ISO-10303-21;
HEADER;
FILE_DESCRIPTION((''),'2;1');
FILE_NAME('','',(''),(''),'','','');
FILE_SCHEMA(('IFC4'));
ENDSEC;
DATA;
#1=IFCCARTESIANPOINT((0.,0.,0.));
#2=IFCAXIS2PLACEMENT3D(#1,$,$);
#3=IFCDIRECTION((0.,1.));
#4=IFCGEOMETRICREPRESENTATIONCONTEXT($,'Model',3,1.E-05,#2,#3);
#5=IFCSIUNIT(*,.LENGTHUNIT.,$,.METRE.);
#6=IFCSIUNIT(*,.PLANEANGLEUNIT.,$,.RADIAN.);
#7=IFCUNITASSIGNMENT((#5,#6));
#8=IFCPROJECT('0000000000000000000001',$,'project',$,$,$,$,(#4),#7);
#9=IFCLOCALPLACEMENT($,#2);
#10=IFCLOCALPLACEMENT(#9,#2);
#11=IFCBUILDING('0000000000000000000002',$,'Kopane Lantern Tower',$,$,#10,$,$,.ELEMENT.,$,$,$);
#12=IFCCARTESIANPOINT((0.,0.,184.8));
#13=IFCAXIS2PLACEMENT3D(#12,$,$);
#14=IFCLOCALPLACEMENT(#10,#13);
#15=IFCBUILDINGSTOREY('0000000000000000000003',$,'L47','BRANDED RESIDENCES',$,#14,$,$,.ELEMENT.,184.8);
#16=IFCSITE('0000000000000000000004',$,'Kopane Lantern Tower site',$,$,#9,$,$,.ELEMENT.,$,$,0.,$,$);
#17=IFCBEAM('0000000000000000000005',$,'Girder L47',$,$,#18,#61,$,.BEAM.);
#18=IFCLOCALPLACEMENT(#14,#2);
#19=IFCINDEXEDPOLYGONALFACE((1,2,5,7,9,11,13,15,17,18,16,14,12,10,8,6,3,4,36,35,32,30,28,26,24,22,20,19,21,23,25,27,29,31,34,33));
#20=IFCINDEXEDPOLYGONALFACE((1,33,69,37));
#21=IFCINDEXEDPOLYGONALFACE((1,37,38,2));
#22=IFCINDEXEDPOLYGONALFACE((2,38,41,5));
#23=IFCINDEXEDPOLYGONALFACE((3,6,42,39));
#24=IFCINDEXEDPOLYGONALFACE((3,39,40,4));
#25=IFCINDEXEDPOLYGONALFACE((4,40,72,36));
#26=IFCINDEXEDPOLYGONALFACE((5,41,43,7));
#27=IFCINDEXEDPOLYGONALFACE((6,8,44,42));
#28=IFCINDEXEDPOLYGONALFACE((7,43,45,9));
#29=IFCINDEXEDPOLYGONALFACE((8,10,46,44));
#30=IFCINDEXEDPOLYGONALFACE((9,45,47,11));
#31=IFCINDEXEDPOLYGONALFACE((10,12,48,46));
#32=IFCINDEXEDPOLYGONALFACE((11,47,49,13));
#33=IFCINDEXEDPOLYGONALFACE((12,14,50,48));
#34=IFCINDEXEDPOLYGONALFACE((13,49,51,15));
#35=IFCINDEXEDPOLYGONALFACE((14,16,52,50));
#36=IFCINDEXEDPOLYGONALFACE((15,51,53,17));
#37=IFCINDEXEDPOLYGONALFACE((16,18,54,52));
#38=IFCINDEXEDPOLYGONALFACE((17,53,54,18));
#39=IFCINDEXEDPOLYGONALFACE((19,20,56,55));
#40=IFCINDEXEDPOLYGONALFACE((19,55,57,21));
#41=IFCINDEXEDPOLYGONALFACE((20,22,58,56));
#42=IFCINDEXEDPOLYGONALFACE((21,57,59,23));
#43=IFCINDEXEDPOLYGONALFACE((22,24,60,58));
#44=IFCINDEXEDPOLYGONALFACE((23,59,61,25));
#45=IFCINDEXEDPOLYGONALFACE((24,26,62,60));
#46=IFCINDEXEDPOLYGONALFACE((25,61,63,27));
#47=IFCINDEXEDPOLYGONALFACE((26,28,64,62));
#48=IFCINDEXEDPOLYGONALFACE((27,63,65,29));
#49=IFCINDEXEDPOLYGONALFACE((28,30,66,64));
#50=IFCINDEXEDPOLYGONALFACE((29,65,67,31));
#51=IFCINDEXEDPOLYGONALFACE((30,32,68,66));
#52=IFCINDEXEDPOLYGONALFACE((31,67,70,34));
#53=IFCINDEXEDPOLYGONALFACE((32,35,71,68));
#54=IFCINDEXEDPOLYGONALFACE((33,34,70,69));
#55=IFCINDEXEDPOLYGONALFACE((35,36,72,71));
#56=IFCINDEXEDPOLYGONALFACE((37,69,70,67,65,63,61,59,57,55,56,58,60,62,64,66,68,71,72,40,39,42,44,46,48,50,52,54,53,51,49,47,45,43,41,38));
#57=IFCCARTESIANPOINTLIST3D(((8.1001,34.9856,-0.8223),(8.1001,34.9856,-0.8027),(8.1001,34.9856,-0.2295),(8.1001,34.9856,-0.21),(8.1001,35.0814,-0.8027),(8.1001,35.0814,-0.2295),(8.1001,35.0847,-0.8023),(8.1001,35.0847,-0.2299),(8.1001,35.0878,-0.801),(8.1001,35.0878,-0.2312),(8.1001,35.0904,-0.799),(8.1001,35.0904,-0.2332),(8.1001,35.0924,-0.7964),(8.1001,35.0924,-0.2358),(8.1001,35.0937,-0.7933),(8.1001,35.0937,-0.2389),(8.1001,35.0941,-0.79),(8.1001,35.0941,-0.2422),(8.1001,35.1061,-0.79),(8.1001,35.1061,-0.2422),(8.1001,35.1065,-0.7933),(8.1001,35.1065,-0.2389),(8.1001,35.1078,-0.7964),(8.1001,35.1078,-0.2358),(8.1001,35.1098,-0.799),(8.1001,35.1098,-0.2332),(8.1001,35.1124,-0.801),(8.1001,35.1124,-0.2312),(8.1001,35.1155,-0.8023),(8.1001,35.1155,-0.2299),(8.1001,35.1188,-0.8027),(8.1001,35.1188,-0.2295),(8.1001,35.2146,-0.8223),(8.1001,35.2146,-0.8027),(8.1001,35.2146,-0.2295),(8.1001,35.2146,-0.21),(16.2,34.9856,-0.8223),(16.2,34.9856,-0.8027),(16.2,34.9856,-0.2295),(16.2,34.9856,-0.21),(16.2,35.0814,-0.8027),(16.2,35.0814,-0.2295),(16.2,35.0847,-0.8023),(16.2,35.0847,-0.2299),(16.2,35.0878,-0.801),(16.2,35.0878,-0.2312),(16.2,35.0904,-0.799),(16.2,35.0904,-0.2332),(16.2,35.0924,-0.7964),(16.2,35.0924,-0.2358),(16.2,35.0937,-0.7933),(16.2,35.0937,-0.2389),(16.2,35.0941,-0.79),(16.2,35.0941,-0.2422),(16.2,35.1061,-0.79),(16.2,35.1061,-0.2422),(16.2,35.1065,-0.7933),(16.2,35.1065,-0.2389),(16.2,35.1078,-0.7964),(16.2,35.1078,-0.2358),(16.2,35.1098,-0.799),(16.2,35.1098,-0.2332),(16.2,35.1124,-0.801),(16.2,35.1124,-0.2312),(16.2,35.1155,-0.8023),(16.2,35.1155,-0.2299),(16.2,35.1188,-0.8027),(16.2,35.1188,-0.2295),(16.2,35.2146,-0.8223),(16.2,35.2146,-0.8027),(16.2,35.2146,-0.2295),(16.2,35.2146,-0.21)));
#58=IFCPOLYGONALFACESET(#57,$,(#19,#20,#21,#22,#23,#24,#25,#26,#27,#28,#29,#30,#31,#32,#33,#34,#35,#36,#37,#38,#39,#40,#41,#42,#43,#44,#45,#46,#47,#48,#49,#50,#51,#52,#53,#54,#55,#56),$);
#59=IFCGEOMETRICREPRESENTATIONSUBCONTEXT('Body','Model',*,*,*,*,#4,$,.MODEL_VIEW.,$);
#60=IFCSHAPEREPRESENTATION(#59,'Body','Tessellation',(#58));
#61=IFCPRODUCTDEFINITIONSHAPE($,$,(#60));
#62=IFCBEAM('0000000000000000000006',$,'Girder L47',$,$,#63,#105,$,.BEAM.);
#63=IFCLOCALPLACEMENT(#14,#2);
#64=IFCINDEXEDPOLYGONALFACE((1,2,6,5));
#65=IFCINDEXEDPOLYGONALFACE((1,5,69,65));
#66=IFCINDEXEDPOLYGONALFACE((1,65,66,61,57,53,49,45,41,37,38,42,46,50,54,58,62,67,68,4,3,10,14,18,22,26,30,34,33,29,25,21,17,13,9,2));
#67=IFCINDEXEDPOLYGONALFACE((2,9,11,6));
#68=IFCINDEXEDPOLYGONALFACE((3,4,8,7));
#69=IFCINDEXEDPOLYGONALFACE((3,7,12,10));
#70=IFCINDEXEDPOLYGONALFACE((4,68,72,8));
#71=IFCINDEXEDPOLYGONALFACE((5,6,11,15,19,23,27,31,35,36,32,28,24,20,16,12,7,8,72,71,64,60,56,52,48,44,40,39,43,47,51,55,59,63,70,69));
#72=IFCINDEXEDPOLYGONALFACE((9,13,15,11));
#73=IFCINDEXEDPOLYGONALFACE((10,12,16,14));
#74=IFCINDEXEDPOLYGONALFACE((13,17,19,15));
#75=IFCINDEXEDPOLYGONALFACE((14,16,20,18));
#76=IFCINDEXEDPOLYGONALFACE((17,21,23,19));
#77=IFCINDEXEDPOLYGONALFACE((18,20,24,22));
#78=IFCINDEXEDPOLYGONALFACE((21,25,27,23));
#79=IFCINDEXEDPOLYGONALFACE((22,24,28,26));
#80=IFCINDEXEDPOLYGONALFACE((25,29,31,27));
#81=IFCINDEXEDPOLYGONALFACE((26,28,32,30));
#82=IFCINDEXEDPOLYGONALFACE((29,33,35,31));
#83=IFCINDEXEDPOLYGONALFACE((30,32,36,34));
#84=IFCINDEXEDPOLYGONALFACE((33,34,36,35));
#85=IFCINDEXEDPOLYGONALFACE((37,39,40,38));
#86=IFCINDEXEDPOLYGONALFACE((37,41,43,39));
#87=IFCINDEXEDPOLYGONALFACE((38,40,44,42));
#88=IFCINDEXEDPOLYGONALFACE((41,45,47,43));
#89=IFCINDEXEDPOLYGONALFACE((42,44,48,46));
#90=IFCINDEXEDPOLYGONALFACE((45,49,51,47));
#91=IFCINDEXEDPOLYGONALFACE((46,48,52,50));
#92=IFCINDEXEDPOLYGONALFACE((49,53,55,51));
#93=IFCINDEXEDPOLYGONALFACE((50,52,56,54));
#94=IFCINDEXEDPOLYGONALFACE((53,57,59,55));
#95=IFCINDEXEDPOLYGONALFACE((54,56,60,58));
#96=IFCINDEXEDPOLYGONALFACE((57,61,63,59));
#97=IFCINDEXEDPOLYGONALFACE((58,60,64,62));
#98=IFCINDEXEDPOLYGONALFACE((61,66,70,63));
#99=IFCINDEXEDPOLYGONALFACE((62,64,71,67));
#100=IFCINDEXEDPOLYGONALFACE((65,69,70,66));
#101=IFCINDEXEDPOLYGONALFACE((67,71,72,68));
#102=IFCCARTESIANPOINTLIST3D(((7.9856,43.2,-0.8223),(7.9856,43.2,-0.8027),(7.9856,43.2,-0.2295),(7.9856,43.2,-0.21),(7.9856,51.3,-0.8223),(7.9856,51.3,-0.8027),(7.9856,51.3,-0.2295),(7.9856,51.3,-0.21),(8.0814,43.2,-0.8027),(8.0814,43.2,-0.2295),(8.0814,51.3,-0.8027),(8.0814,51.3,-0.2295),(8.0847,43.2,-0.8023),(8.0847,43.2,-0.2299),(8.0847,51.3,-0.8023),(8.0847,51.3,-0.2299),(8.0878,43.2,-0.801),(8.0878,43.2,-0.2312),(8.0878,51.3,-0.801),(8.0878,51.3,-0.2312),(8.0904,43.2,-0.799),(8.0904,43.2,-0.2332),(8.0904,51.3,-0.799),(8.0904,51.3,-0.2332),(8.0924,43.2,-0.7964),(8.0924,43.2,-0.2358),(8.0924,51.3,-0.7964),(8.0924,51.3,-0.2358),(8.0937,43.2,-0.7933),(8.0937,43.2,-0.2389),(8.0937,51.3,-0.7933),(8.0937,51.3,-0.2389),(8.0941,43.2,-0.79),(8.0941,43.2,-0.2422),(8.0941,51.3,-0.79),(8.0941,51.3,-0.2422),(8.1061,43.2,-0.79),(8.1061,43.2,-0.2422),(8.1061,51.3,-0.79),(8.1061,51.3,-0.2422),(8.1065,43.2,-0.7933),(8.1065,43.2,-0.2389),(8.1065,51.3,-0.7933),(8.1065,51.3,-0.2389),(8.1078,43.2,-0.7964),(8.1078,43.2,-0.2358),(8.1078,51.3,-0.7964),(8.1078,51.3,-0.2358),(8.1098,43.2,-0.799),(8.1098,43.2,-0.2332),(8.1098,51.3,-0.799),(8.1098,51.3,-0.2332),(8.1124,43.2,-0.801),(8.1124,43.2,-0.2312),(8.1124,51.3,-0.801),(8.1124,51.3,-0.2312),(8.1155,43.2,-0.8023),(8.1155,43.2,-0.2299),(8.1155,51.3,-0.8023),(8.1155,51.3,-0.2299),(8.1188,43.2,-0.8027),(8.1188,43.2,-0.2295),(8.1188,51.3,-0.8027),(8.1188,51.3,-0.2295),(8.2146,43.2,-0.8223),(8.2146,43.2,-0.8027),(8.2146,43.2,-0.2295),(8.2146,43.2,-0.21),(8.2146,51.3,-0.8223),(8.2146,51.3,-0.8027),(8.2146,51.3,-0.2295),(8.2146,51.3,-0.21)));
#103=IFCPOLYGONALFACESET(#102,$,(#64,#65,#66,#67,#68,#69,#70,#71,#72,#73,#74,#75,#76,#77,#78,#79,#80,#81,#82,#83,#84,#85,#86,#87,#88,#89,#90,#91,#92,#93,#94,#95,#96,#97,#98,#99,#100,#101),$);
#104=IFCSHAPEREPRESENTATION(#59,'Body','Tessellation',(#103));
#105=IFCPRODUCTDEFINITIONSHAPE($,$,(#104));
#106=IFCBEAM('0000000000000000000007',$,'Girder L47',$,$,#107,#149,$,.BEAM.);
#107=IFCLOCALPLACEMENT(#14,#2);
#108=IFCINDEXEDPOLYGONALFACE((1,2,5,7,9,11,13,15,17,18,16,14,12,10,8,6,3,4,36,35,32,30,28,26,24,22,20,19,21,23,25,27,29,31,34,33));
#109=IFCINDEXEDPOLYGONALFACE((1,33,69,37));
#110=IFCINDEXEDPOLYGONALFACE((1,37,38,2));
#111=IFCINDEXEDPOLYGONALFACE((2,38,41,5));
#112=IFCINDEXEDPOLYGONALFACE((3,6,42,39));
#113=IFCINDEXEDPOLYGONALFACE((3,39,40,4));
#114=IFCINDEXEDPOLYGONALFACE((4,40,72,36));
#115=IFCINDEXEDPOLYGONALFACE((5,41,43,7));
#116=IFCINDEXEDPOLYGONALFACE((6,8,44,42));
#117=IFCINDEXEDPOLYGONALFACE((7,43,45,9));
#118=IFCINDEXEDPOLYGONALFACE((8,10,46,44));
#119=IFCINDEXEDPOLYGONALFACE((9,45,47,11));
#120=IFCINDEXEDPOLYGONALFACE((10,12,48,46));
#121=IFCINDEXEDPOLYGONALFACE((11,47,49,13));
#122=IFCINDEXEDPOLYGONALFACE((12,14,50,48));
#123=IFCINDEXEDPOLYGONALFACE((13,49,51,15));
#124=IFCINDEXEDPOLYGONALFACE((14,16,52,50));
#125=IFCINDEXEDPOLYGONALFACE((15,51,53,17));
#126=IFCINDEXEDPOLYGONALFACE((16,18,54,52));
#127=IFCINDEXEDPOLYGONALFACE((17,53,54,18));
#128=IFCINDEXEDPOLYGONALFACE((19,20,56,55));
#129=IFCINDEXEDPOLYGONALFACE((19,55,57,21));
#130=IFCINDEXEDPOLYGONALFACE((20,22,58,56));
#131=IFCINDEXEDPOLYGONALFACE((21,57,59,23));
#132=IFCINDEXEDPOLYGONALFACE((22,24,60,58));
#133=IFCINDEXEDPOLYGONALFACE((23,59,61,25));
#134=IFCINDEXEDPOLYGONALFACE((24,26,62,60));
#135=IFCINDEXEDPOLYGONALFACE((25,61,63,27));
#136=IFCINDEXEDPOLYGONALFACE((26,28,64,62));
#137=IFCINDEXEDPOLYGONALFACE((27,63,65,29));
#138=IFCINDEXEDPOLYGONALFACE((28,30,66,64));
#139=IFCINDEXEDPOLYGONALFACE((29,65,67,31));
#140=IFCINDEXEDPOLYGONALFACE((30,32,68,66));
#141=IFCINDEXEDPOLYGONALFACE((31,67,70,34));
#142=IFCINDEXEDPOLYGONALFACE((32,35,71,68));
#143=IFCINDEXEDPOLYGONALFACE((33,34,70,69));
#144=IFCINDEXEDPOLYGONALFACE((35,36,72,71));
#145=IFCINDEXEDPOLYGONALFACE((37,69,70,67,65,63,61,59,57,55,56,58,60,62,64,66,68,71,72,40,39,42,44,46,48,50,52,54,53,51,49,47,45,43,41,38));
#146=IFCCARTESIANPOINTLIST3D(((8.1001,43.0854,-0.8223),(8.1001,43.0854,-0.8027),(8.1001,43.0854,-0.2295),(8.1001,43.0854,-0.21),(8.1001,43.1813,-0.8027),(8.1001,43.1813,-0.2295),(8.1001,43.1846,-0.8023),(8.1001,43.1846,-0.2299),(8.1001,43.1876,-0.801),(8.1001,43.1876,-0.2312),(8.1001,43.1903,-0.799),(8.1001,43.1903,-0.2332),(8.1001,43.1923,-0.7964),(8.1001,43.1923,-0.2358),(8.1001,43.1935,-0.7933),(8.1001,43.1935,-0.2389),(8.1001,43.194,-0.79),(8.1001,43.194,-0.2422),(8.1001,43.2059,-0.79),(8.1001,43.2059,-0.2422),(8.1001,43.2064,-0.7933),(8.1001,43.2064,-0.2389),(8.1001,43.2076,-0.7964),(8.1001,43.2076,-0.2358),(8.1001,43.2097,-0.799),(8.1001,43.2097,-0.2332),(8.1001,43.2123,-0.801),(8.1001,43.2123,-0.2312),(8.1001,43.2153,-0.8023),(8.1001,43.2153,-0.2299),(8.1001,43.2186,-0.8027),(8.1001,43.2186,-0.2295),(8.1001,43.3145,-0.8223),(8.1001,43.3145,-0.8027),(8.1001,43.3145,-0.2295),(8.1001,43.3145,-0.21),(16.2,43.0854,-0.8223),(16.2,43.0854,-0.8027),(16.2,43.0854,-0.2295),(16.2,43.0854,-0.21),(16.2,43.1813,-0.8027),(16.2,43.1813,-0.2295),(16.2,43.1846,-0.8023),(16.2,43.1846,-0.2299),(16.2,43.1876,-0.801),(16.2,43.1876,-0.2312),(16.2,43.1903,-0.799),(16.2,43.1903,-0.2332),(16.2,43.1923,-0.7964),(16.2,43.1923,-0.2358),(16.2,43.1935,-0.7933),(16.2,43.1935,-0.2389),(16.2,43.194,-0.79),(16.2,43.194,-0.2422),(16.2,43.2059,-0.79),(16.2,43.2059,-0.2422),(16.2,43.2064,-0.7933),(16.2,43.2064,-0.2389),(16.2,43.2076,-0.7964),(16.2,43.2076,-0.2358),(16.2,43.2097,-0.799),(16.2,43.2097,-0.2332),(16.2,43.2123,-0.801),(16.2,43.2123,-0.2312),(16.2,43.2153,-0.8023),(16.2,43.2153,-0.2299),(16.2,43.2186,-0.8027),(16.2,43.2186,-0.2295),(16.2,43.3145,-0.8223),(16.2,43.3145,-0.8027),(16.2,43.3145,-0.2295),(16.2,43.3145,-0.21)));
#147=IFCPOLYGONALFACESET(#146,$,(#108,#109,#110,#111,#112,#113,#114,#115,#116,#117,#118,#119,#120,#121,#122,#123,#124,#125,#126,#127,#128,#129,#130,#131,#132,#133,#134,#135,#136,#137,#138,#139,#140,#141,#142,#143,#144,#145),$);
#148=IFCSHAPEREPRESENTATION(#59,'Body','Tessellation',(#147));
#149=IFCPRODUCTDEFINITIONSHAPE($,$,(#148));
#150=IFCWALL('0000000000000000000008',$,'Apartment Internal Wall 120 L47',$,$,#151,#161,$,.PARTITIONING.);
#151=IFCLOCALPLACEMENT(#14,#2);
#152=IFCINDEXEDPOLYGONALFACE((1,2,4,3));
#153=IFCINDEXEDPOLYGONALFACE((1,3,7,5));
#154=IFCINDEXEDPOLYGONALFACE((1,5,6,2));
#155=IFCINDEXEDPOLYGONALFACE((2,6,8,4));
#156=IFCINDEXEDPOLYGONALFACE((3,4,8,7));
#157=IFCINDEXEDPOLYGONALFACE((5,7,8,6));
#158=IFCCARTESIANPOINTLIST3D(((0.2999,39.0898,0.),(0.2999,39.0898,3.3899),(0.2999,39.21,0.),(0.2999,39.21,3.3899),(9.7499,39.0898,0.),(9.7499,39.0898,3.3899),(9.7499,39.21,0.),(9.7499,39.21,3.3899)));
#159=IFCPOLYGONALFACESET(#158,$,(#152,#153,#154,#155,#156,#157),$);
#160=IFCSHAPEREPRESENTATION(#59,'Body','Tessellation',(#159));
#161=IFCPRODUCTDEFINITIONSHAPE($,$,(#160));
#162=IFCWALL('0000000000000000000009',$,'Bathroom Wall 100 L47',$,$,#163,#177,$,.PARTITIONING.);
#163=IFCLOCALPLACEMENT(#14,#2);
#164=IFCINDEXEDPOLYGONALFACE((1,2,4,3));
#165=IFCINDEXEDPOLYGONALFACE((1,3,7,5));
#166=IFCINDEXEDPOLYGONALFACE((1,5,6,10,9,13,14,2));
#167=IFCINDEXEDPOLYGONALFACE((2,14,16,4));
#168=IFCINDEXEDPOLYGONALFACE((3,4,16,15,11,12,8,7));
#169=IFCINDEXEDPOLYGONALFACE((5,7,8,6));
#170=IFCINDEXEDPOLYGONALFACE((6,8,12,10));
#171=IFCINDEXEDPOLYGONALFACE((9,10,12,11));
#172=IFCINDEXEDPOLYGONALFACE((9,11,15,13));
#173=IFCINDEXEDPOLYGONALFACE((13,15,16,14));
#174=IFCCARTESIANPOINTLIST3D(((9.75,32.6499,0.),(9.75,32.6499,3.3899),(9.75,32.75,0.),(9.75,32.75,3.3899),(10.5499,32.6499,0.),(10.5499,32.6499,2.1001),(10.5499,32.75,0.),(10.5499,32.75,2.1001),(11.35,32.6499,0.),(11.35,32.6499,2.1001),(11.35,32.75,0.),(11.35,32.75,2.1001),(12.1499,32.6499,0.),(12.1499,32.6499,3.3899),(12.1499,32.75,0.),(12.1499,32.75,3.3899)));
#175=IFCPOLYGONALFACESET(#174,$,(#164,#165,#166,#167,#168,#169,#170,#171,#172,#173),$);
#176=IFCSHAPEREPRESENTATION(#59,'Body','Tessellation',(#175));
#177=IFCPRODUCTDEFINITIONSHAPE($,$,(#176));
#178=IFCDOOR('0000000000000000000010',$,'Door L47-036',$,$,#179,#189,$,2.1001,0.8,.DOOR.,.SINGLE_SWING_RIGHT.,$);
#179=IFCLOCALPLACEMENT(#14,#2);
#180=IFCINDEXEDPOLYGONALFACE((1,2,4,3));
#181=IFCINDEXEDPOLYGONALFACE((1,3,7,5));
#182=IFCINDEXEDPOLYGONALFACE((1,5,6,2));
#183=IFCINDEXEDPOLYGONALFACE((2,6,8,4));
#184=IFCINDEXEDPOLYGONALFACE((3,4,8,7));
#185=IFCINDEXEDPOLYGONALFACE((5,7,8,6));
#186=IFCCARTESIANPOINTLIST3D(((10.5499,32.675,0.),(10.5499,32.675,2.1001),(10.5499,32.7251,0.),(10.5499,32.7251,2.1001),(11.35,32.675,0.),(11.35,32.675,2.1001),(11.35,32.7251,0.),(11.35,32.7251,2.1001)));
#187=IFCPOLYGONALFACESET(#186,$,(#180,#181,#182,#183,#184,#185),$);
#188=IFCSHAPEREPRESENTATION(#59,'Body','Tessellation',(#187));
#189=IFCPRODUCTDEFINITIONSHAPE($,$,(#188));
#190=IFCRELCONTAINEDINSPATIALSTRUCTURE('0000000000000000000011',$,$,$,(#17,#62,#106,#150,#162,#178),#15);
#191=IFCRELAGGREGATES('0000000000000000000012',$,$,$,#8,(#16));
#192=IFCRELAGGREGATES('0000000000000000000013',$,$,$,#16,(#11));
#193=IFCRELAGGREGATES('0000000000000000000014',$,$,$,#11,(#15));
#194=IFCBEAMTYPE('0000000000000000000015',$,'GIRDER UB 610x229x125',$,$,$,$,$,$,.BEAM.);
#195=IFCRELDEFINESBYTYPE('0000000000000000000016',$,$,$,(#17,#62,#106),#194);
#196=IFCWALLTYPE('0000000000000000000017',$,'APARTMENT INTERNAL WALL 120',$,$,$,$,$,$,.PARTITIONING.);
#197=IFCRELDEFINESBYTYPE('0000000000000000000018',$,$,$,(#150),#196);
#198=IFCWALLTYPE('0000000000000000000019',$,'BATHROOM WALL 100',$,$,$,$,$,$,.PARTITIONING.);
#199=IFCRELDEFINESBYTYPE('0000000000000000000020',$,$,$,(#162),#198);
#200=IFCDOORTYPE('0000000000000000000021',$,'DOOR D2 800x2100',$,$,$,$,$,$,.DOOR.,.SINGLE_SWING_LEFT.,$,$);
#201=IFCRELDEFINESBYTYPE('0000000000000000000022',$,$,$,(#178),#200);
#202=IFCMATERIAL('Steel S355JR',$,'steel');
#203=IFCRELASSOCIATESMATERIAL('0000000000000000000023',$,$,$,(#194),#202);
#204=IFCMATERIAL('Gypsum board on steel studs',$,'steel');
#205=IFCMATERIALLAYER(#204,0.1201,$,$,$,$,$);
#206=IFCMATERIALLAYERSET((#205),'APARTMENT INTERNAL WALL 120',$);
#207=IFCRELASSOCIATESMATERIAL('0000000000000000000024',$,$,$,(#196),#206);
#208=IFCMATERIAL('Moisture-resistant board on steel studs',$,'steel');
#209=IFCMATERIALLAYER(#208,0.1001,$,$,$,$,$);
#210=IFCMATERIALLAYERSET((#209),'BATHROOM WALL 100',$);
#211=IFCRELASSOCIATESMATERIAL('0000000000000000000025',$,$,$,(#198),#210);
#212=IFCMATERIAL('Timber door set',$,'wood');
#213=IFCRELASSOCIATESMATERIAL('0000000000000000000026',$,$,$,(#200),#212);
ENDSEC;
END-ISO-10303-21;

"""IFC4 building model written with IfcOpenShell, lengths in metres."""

from ifc_helpers import new_model, si_unit, direction, frame, frame_2d, origin, origin_2d, place, context, subcontext, project, spatial, rectangle, i_section, extrude, material, layer, layer_set, material_profile, profile_set, type_object, element, fill, save


model = new_model("IFC4")

# Units and contexts
model_context = context("Model", 3, precision=1e-05, world=origin(), true_north=direction((0.0, 1.0)))
body_context = subcontext(model_context, "Body", "Model", "MODEL_VIEW")
ifc_project = project(units=[si_unit("LENGTHUNIT", "METRE"), si_unit("PLANEANGLEUNIT", "RADIAN")], contexts=[model_context])

# Site, building, storey
site_placement = place(None, origin())
site = spatial("IfcSite", under=ifc_project, at=site_placement, Name="Kopane Lantern Tower site", CompositionType="ELEMENT", RefElevation=0.0)
building_placement = place(site_placement, origin())
building = spatial("IfcBuilding", under=site, at=building_placement, Name="Kopane Lantern Tower", CompositionType="ELEMENT")
storey_placement = place(building_placement, frame((0.0, 0.0, 184.8)))
storey = spatial("IfcBuildingStorey", under=building, at=storey_placement, Name="L47", Description="BRANDED RESIDENCES", CompositionType="ELEMENT", Elevation=184.8)

# Beams
ifc_material_1 = material(Name="Steel S355JR", Category="steel")
ifc_material_profile_1 = material_profile(ifc_material_1, i_section(OverallWidth=0.229, OverallDepth=0.6123, WebThickness=0.012, FlangeThickness=0.0195, FilletRadius=0.0127, at=origin_2d()), Name="UB 610x229x125")
ifc_profile_set_1 = profile_set([ifc_material_profile_1], Name="Steel S355JR")
beam_type = type_object("IfcBeamType", Name="GIRDER UB 610x229x125", PredefinedType="BEAM", material=ifc_profile_set_1)
for number, where, z_axis, x_axis, name in (
    (1, (8.1001, 35.1001, -0.5161), (1.0, 0.0, 0.0), (0.0, 1.0, 0.0), "Girder L47"),
):
    element("IfcBeam", number, at=place(storey_placement, frame(where, z_axis=z_axis, x_axis=x_axis)), inside=storey, type_object=beam_type, Name=name, PredefinedType="BEAM", context=body_context, shape_type="SweptSolid", body=[
        extrude(i_section(OverallWidth=0.229, OverallDepth=0.6123, WebThickness=0.012, FlangeThickness=0.0195, FilletRadius=0.0127, at=origin_2d()), origin(), (0.0, 0.0, 1.0), 8.0999),
    ])
beam_1_placement = place(storey_placement, frame((8.1001, 43.2, -0.5161), z_axis=(0.0, 1.0, 0.0), x_axis=(-1.0, 0.0, 0.0)))
element("IfcBeam", 2, at=beam_1_placement, inside=storey, type_object=beam_type, Name="Girder L47", PredefinedType="BEAM", context=body_context, shape_type="SweptSolid", body=[
    extrude(i_section(OverallWidth=0.229, OverallDepth=0.6123, WebThickness=0.012, FlangeThickness=0.0195, FilletRadius=0.0127, at=origin_2d()), origin(), (0.0, 0.0, 1.0), 8.1001),
])
beam_2_placement = place(storey_placement, frame((8.1001, 43.2, -0.5161), z_axis=(1.0, 0.0, 0.0), x_axis=(0.0, 1.0, 0.0)))
element("IfcBeam", 3, at=beam_2_placement, inside=storey, type_object=beam_type, Name="Girder L47", PredefinedType="BEAM", context=body_context, shape_type="SweptSolid", body=[
    extrude(i_section(OverallWidth=0.229, OverallDepth=0.6123, WebThickness=0.012, FlangeThickness=0.0195, FilletRadius=0.0127, at=origin_2d()), origin(), (0.0, 0.0, 1.0), 8.0999),
])

# Wall
ifc_material_2 = material(Name="Gypsum board on steel studs", Category="steel")
ifc_layer_1 = layer(ifc_material_2, 0.1201)
ifc_layer_set_1 = layer_set([ifc_layer_1], Name="APARTMENT INTERNAL WALL 120")
wall_type_1 = type_object("IfcWallType", Name="APARTMENT INTERNAL WALL 120", PredefinedType="PARTITIONING", material=ifc_layer_set_1)
wall_1_placement = place(storey_placement, frame((9.75, 39.1499, 0.0), z_axis=(0.0, 0.0, 1.0), x_axis=(-1.0, 0.0, 0.0)))
element("IfcWall", 4, at=wall_1_placement, inside=storey, type_object=wall_type_1, Name="Apartment Internal Wall 120 L47", PredefinedType="PARTITIONING", context=body_context, shape_type="SweptSolid", body=[
    extrude(rectangle(XDim=9.45, YDim=0.1201, at=frame_2d((4.7251, 0.0))), origin(), (0.0, 0.0, 1.0), 3.3899),
])

# Wall, opening, door
ifc_material_3 = material(Name="Moisture-resistant board on steel studs", Category="steel")
ifc_layer_2 = layer(ifc_material_3, 0.1001)
ifc_layer_set_2 = layer_set([ifc_layer_2], Name="BATHROOM WALL 100")
wall_type_2 = type_object("IfcWallType", Name="BATHROOM WALL 100", PredefinedType="PARTITIONING", material=ifc_layer_set_2)
wall_2_placement = place(storey_placement, frame((12.1499, 32.7, 0.0), z_axis=(0.0, 0.0, 1.0), x_axis=(-1.0, 0.0, 0.0)))
wall_2 = element("IfcWall", 5, at=wall_2_placement, inside=storey, type_object=wall_type_2, Name="Bathroom Wall 100 L47", PredefinedType="PARTITIONING", context=body_context, shape_type="SweptSolid", body=[
    extrude(rectangle(XDim=2.3999, YDim=0.1001, at=frame_2d((1.2, 0.0))), origin(), (0.0, 0.0, 1.0), 3.3899),
])
opening_1_placement = place(wall_2_placement, frame((0.8, 0.0, 0.0)))
opening_1 = element("IfcOpeningElement", 6, at=opening_1_placement, cuts=wall_2, PredefinedType="OPENING", context=body_context, shape_type="SweptSolid", body=[
    extrude(rectangle(XDim=0.8, YDim=2.1001, at=frame_2d((0.3999, 1.05))), frame((0.0, 0.0601, 0.0), z_axis=(0.0, -1.0, 0.0), x_axis=(1.0, 0.0, 0.0)), (0.0, 0.0, 1.0), 0.1201),
])
ifc_material_4 = material(Name="Timber door set", Category="wood")
door_type = type_object("IfcDoorType", Name="DOOR D2 800x2100", OperationType="SINGLE_SWING_LEFT", PredefinedType="DOOR", material=ifc_material_4)
door_1_placement = place(opening_1_placement, origin())
door_1 = element("IfcDoor", 7, at=door_1_placement, inside=storey, type_object=door_type, Name="Door L47-036", OperationType="SINGLE_SWING_RIGHT", OverallHeight=2.1001, OverallWidth=0.8, PredefinedType="DOOR", context=body_context, shape_type="SweptSolid", body=[
    extrude(rectangle(XDim=0.8, YDim=2.1001, at=frame_2d((0.3999, 1.05))), frame((0.0, 0.0249, 0.0), z_axis=(0.0, -1.0, 0.0), x_axis=(1.0, 0.0, 0.0)), (0.0, 0.0, 1.0), 0.05),
])
fill(opening_1, door_1)

save(model, "model.ifc")
